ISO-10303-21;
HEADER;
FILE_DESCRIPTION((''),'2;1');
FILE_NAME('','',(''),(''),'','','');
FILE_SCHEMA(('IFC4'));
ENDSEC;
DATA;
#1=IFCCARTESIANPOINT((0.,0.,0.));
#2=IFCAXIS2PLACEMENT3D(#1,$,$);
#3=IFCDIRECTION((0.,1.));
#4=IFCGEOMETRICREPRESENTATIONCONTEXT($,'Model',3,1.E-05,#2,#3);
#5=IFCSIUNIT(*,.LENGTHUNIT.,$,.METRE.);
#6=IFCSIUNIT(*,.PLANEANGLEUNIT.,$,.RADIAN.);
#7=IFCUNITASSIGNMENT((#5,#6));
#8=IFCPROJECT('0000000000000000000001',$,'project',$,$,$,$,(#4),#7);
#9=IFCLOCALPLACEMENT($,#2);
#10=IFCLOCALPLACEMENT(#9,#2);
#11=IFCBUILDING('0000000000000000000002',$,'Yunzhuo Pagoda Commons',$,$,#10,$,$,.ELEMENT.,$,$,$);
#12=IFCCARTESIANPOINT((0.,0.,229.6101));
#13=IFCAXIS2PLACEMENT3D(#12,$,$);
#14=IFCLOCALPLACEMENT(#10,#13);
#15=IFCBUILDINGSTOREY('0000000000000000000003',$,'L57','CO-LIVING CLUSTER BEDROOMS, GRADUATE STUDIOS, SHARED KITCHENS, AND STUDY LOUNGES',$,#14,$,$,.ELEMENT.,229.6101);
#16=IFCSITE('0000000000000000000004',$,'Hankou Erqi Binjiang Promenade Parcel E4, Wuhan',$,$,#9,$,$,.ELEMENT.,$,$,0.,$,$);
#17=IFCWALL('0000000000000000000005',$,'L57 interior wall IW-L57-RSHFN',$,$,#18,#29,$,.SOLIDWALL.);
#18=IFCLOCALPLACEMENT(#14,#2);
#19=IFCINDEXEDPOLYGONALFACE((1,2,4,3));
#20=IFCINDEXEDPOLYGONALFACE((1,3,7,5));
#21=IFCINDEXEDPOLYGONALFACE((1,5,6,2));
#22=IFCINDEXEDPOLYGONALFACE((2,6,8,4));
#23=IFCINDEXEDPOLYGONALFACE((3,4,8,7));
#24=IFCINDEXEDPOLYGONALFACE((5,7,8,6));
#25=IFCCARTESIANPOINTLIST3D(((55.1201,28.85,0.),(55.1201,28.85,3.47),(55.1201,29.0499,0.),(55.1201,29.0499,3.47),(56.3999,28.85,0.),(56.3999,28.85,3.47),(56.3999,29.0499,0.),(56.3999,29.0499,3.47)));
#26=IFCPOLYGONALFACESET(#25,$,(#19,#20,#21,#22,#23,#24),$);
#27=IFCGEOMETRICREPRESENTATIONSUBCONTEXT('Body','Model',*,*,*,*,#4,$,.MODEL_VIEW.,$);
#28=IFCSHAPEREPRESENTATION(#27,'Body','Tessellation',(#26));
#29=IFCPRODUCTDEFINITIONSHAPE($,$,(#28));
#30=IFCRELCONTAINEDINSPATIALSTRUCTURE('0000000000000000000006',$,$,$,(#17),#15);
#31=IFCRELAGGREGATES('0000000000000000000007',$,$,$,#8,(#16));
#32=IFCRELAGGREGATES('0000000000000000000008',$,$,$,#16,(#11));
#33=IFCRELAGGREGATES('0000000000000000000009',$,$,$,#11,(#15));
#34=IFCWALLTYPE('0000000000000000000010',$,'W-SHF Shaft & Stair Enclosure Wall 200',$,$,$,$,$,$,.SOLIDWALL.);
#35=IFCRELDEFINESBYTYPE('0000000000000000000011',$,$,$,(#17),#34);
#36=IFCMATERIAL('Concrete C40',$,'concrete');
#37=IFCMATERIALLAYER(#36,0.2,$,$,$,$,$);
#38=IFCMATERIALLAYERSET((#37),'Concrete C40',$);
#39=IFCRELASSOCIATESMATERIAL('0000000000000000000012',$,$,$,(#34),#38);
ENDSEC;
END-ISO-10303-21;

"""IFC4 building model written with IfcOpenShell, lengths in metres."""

from ifc_helpers import new_model, si_unit, direction, frame, frame_2d, origin, place, context, subcontext, project, spatial, rectangle, extrude, material, layer, layer_set, type_object, element, save


model = new_model("IFC4")

# Units and contexts
model_context = context("Model", 3, precision=1e-05, world=origin(), true_north=direction((0.0, 1.0)))
body_context = subcontext(model_context, "Body", "Model", "MODEL_VIEW")
ifc_project = project(units=[si_unit("LENGTHUNIT", "METRE"), si_unit("PLANEANGLEUNIT", "RADIAN")], contexts=[model_context])

# Site, building, storey
site_placement = place(None, origin())
site = spatial("IfcSite", under=ifc_project, at=site_placement, Name="Hankou Erqi Binjiang Promenade Parcel E4, Wuhan", CompositionType="ELEMENT", RefElevation=0.0)
building_placement = place(site_placement, origin())
building = spatial("IfcBuilding", under=site, at=building_placement, Name="Yunzhuo Pagoda Commons", CompositionType="ELEMENT")
storey_placement = place(building_placement, frame((0.0, 0.0, 229.6101)))
storey = spatial("IfcBuildingStorey", under=building, at=storey_placement, Name="L57", Description="CO-LIVING CLUSTER BEDROOMS, GRADUATE STUDIOS, SHARED KITCHENS, AND STUDY LOUNGES", CompositionType="ELEMENT", Elevation=229.6101)

# Shared definitions
ifc_material_1 = material(Name="Concrete C40", Category="concrete")
ifc_layer_1 = layer(ifc_material_1, 0.2)
ifc_layer_set_1 = layer_set([ifc_layer_1], Name="Concrete C40")
wall_type_1 = type_object("IfcWallType", Name="W-SHF Shaft & Stair Enclosure Wall 200", PredefinedType="SOLIDWALL", material=ifc_layer_set_1)

# Wall
wall_1_placement = place(storey_placement, frame((55.1201, 28.95, 0.0), z_axis=(0.0, 0.0, 1.0), x_axis=(1.0, 0.0, 0.0)))
element("IfcWall", 1, at=wall_1_placement, inside=storey, type_object=wall_type_1, Name="L57 interior wall IW-L57-RSHFN", PredefinedType="SOLIDWALL", context=body_context, shape_type="SweptSolid", body=[
    extrude(rectangle(XDim=1.2798, YDim=0.2, at=frame_2d((0.6399, 0.0))), origin(), (0.0, 0.0, 1.0), 3.47),
])

save(model, "model.ifc")
